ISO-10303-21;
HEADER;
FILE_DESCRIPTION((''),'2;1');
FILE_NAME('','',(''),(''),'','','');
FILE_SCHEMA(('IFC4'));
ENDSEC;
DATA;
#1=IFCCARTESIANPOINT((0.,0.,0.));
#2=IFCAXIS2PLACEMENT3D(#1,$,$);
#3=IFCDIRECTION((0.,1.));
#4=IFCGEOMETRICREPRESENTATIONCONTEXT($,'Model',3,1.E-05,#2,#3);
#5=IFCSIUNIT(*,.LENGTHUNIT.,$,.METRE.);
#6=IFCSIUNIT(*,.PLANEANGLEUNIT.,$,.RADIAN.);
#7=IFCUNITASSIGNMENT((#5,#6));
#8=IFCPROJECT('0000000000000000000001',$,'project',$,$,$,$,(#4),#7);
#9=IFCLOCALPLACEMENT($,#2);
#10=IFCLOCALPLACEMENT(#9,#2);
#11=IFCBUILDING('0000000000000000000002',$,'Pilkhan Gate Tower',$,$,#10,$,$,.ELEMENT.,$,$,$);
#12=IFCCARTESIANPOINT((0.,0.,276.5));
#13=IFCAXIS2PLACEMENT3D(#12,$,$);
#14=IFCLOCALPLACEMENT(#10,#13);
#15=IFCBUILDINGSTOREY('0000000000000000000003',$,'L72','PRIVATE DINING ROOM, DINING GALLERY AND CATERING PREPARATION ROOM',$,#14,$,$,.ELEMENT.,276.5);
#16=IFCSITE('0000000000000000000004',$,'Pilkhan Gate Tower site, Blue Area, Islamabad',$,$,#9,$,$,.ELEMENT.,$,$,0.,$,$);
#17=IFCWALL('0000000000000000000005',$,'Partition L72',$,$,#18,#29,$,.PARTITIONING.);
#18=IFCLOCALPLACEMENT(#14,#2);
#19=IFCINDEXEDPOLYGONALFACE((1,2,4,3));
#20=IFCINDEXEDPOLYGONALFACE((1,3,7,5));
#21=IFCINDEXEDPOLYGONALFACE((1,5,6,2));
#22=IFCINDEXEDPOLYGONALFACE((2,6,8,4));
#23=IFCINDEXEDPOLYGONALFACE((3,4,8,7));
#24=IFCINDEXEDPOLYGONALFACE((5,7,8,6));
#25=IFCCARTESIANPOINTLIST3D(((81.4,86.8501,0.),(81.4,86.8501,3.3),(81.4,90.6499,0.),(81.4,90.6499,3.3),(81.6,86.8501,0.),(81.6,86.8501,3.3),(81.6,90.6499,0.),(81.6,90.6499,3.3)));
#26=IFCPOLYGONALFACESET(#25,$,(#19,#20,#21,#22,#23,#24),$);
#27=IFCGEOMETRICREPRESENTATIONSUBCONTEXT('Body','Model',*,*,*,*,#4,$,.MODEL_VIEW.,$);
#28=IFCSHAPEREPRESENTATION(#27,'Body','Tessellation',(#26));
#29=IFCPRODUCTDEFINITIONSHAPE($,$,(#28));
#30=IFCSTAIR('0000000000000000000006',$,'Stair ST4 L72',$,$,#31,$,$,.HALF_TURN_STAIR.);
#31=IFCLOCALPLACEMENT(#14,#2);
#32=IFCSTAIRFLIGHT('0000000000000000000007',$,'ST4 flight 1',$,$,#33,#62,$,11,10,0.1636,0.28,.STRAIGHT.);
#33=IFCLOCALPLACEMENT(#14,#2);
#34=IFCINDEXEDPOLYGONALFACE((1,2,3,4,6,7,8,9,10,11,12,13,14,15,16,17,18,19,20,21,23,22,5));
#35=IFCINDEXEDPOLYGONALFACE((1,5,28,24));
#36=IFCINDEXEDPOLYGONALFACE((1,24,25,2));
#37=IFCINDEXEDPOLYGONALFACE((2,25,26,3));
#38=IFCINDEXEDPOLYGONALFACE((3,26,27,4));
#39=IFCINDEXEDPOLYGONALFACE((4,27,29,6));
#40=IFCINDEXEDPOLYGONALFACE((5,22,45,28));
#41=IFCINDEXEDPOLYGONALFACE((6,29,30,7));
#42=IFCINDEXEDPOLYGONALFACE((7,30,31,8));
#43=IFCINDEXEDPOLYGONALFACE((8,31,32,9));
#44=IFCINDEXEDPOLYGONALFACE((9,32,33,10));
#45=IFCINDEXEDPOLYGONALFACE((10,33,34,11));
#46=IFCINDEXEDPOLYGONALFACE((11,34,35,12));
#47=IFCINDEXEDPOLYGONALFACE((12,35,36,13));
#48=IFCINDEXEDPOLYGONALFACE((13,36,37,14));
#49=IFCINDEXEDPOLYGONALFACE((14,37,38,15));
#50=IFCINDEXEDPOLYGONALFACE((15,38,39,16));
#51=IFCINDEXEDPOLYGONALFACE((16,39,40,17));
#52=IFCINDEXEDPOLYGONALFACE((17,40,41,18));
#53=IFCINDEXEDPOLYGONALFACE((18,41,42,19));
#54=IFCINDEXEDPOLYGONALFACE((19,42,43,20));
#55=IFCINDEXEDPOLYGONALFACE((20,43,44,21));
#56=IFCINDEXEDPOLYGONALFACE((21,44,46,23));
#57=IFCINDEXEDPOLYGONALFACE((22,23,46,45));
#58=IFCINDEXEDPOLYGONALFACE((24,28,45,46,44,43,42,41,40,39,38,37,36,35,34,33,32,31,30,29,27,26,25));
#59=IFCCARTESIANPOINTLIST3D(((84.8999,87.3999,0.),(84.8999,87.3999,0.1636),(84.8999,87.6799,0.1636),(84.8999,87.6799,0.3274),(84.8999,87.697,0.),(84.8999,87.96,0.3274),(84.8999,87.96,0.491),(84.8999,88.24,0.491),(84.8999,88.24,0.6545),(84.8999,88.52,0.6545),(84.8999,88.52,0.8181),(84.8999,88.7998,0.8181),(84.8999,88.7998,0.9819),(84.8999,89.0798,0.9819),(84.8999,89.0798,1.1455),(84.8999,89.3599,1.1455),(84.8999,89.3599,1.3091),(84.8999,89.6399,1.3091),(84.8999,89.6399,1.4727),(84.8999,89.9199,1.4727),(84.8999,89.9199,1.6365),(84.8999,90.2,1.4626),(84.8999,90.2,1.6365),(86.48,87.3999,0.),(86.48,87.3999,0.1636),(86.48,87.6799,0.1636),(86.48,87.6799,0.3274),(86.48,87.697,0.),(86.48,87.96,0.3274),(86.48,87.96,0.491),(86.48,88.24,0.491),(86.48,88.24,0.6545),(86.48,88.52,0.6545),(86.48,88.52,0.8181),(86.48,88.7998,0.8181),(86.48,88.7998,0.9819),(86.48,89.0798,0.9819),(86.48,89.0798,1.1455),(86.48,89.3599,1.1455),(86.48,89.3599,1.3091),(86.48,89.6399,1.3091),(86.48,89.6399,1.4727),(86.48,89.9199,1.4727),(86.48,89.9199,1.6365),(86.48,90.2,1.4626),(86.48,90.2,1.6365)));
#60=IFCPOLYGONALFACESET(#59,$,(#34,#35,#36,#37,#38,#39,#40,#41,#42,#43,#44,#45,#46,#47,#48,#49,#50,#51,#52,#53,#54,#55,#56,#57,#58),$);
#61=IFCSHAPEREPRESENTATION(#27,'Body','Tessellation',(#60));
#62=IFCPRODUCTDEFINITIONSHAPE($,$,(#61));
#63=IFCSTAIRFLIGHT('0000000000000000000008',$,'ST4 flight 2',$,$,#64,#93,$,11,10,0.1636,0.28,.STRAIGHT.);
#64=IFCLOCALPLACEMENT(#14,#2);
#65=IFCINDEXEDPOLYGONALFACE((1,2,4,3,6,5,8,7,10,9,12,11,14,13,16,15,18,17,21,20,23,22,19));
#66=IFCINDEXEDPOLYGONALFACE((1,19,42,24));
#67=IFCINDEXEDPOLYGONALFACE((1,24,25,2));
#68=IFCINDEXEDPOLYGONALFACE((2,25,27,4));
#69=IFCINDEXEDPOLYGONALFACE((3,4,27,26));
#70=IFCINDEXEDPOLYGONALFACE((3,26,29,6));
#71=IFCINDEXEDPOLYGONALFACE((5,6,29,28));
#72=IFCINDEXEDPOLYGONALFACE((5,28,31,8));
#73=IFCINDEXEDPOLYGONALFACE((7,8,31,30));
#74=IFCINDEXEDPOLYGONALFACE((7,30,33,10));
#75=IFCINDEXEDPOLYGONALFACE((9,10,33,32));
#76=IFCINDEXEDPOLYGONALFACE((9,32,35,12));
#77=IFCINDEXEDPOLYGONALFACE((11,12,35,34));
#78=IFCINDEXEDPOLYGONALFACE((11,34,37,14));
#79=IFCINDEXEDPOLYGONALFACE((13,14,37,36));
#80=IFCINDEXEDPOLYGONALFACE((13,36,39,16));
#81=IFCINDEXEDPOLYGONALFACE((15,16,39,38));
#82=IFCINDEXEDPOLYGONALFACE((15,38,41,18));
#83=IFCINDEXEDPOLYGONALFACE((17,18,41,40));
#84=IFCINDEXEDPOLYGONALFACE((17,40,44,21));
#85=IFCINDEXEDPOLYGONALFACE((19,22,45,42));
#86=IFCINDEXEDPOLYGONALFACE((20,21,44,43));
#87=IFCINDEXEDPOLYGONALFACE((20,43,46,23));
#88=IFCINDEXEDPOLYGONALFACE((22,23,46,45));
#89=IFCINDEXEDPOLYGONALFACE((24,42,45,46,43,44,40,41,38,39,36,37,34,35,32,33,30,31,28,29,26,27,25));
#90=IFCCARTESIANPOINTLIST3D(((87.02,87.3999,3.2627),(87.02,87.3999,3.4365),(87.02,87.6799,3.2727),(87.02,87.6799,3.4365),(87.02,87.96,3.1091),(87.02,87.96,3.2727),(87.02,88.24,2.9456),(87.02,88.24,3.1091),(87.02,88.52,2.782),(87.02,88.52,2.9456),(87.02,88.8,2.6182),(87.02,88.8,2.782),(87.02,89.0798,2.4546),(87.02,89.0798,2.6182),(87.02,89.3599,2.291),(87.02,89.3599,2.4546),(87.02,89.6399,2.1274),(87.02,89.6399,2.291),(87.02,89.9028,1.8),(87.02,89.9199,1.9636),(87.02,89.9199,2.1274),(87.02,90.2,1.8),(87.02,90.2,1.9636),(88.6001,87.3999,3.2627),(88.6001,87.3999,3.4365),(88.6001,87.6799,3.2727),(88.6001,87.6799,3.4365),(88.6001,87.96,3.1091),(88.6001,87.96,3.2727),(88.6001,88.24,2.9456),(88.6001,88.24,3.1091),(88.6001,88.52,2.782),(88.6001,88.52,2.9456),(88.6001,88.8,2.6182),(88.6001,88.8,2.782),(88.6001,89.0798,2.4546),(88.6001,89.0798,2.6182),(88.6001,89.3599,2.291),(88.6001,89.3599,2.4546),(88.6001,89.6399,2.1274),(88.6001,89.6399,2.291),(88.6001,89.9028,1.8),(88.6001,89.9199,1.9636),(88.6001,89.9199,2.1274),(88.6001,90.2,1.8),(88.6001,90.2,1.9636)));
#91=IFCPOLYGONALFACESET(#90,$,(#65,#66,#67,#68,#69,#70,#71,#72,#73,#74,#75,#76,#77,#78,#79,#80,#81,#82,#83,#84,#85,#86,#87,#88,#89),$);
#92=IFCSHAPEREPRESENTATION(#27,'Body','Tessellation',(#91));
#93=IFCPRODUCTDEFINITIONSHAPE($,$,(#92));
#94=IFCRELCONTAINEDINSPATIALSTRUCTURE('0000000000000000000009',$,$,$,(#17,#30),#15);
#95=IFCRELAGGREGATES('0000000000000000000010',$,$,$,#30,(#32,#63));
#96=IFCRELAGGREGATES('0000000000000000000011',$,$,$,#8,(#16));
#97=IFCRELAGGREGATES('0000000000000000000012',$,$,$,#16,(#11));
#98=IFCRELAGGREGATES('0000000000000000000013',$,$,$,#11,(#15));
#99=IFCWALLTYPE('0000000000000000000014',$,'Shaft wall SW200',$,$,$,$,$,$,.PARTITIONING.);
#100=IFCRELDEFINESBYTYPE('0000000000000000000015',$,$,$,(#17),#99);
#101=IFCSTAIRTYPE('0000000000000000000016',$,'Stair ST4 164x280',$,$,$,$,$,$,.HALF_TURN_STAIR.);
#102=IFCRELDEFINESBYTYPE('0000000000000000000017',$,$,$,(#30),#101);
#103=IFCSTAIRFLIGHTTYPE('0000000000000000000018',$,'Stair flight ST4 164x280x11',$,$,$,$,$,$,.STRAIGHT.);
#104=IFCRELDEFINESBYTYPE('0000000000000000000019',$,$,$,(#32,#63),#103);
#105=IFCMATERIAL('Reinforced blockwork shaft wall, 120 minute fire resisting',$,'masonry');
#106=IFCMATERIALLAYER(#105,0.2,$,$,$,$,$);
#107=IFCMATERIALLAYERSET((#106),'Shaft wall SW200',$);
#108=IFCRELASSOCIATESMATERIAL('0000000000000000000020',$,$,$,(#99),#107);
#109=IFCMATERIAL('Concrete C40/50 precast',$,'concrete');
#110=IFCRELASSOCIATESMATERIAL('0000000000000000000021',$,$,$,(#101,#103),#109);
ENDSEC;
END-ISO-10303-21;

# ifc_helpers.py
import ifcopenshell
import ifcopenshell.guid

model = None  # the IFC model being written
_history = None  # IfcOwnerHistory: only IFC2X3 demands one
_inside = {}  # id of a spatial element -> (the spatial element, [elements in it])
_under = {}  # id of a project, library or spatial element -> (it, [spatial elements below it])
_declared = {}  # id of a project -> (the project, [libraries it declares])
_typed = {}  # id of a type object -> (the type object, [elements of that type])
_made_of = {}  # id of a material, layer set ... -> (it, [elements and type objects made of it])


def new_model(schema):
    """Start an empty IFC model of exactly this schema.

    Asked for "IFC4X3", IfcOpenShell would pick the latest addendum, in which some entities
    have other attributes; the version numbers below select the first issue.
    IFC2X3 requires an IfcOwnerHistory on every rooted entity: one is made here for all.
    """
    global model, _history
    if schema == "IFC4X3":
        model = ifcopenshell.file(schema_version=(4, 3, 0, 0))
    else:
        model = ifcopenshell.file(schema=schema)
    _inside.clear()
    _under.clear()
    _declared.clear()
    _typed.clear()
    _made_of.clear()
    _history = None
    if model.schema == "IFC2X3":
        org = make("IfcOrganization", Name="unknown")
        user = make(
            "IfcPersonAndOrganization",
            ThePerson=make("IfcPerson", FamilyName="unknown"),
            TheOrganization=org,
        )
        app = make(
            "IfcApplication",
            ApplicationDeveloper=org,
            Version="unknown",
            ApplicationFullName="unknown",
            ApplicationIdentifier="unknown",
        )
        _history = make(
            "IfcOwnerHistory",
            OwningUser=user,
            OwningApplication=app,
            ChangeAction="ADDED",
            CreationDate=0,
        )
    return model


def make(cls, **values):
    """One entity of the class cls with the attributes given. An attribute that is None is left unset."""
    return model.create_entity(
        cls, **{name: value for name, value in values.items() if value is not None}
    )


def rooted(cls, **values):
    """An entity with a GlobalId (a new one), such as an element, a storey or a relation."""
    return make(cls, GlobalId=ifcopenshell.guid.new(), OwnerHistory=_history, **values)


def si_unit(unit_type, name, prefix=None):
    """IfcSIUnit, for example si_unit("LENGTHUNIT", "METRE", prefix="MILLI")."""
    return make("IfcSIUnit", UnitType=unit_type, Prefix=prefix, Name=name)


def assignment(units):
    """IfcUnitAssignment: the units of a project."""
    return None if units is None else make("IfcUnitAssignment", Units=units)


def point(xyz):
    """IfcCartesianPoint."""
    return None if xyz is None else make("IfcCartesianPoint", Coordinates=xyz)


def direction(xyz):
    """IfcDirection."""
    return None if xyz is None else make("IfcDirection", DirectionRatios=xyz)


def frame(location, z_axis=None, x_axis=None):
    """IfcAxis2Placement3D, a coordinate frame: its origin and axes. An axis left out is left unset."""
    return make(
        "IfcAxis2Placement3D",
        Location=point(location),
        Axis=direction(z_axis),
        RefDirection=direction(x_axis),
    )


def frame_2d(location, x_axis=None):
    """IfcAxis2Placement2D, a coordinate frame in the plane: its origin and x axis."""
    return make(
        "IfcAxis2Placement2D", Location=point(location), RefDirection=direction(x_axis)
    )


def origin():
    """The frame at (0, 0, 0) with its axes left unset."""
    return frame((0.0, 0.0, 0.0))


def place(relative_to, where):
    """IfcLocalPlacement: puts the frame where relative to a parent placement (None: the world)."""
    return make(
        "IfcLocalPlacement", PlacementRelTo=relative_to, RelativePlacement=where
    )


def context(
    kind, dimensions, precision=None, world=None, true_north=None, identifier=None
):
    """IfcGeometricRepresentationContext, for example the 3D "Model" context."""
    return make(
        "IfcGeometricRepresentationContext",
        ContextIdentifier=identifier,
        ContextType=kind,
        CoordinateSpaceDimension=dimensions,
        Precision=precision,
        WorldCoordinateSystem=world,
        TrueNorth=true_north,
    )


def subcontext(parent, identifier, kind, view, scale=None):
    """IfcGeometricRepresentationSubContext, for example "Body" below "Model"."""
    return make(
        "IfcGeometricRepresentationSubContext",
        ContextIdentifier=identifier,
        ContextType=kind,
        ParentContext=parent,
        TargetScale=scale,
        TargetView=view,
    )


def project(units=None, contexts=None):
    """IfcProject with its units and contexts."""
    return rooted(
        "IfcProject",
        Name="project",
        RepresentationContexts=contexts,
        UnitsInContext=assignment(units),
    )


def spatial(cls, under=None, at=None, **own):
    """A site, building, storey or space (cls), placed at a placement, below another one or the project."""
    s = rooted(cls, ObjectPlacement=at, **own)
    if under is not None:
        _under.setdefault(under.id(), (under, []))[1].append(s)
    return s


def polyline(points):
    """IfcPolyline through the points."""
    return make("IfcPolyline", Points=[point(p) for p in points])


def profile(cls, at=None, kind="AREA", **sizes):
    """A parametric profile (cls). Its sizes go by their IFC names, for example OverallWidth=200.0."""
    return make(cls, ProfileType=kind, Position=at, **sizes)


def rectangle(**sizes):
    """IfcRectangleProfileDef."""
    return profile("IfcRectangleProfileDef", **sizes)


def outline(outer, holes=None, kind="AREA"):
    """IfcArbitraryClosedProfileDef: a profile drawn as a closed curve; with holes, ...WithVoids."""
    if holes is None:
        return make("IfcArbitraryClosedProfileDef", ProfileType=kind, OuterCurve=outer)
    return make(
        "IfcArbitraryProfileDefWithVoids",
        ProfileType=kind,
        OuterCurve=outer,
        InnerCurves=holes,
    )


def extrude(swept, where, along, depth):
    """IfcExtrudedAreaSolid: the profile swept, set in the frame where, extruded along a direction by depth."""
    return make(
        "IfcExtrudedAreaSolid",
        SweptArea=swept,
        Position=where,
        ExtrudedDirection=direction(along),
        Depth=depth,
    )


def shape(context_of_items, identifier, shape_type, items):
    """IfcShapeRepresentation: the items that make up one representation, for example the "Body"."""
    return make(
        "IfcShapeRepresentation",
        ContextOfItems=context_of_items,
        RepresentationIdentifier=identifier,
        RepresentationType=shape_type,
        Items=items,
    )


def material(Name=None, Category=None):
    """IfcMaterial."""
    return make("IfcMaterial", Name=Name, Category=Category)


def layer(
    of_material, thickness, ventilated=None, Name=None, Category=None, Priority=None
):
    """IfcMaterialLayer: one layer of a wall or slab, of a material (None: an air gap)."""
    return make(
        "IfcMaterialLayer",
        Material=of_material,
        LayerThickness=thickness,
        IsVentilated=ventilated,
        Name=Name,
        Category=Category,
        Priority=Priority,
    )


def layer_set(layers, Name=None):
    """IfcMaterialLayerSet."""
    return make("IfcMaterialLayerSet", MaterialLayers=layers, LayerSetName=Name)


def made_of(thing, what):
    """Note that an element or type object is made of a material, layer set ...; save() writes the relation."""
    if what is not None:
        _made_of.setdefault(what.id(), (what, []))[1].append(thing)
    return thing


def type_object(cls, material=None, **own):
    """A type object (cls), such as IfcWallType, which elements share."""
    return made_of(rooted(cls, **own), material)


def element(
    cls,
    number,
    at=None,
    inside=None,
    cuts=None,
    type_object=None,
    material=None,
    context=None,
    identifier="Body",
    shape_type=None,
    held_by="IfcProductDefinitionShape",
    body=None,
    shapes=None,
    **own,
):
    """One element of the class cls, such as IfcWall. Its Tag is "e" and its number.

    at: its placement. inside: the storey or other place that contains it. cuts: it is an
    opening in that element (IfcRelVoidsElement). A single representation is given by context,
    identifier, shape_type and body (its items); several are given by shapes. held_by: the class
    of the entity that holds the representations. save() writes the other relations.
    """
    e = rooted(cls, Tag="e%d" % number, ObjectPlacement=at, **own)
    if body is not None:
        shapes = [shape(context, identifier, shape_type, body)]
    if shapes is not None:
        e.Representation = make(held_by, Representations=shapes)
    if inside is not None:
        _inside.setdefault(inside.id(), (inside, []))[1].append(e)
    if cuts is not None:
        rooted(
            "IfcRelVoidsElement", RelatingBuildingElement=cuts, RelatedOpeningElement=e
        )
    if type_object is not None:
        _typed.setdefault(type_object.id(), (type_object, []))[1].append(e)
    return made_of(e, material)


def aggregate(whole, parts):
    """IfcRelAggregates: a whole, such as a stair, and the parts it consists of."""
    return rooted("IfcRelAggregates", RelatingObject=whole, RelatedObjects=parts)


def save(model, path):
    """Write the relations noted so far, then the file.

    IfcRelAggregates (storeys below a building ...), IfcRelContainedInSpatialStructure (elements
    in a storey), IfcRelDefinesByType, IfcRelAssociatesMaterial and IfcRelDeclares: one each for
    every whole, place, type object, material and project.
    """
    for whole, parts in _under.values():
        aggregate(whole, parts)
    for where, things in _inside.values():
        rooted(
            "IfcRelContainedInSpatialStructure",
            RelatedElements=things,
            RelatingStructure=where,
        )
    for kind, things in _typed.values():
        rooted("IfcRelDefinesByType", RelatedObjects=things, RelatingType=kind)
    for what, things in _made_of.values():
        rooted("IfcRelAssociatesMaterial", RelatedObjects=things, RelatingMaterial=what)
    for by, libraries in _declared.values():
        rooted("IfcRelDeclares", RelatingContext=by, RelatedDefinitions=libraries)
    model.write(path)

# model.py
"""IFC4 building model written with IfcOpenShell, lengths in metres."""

from ifc_helpers import new_model, si_unit, direction, frame, frame_2d, origin, place, context, subcontext, project, spatial, polyline, rectangle, outline, extrude, material, layer, layer_set, type_object, element, aggregate, save


model = new_model("IFC4")

# Units and contexts
model_context = context("Model", 3, precision=1e-05, world=origin(), true_north=direction((0.0, 1.0)))
body_context = subcontext(model_context, "Body", "Model", "MODEL_VIEW")
ifc_project = project(units=[si_unit("LENGTHUNIT", "METRE"), si_unit("PLANEANGLEUNIT", "RADIAN")], contexts=[model_context])

# Site, building, storey
site_placement = place(None, origin())
site = spatial("IfcSite", under=ifc_project, at=site_placement, Name="Pilkhan Gate Tower site, Blue Area, Islamabad", CompositionType="ELEMENT", RefElevation=0.0)
building_placement = place(site_placement, origin())
building = spatial("IfcBuilding", under=site, at=building_placement, Name="Pilkhan Gate Tower", CompositionType="ELEMENT")
storey_placement = place(building_placement, frame((0.0, 0.0, 276.5)))
storey = spatial("IfcBuildingStorey", under=building, at=storey_placement, Name="L72", Description="PRIVATE DINING ROOM, DINING GALLERY AND CATERING PREPARATION ROOM", CompositionType="ELEMENT", Elevation=276.5)

# Wall
ifc_material_1 = material(Name="Reinforced blockwork shaft wall, 120 minute fire resisting", Category="masonry")
ifc_layer_1 = layer(ifc_material_1, 0.2)
ifc_layer_set_1 = layer_set([ifc_layer_1], Name="Shaft wall SW200")
wall_type_1 = type_object("IfcWallType", Name="Shaft wall SW200", PredefinedType="PARTITIONING", material=ifc_layer_set_1)
for number, where, z_axis, x_axis, name in (
    (1, (81.5, 86.8501, 0.0), (0.0, 0.0, 1.0), (0.0, 1.0, 0.0), "Partition L72"),
):
    element("IfcWall", number, at=place(storey_placement, frame(where, z_axis=z_axis, x_axis=x_axis)), inside=storey, type_object=wall_type_1, Name=name, PredefinedType="PARTITIONING", context=body_context, shape_type="SweptSolid", body=[
        extrude(rectangle(XDim=3.7998, YDim=0.2, at=frame_2d((1.8999, 0.0))), origin(), (0.0, 0.0, 1.0), 3.3),
    ])

# Stair, stair flights
ifc_material_2 = material(Name="Concrete C40/50 precast", Category="concrete")
stair_type = type_object("IfcStairType", Name="Stair ST4 164x280", PredefinedType="HALF_TURN_STAIR", material=ifc_material_2)
stair_placement = place(storey_placement, origin())
stair = element("IfcStair", 2, at=stair_placement, inside=storey, type_object=stair_type, Name="Stair ST4 L72", PredefinedType="HALF_TURN_STAIR")
stair_flight_type = type_object("IfcStairFlightType", Name="Stair flight ST4 164x280x11", PredefinedType="STRAIGHT", material=ifc_material_2)
stair_flight_1_placement = place(storey_placement, frame((85.6899, 87.3999, 0.0), z_axis=(0.0, 0.0, 1.0), x_axis=(0.0, 1.0, 0.0)))
stair_flight_1 = element("IfcStairFlight", 3, at=stair_flight_1_placement, type_object=stair_flight_type, Name="ST4 flight 1", NumberOfRisers=11, NumberOfTreads=10, PredefinedType="STRAIGHT", RiserHeight=0.1636, TreadLength=0.28, context=body_context, shape_type="SweptSolid", body=[
    extrude(outline(polyline([(0.0, 0.0), (0.0, 0.1636), (0.28, 0.1636), (0.28, 0.3274), (0.5601, 0.3274), (0.5601, 0.491), (0.8401, 0.491), (0.8401, 0.6545), (1.1201, 0.6545), (1.1201, 0.8181), (1.3999, 0.8181), (1.3999, 0.9819), (1.6799, 0.9819), (1.6799, 1.1455), (1.96, 1.1455), (1.96, 1.3091), (2.24, 1.3091), (2.24, 1.4727), (2.52, 1.4727), (2.52, 1.6365), (2.8, 1.6365), (2.8, 1.8), (2.8, 1.4626), (0.2971, 0.0), (0.0, 0.0)])), frame((0.0, 0.79, 0.0), z_axis=(0.0, -1.0, 0.0), x_axis=(1.0, 0.0, 0.0)), (0.0, 0.0, 1.0), 1.5801),
])
stair_flight_2_placement = place(storey_placement, frame((87.8101, 90.2, 1.8), z_axis=(0.0, 0.0, 1.0), x_axis=(0.0, -1.0, 0.0)))
stair_flight_2 = element("IfcStairFlight", 4, at=stair_flight_2_placement, type_object=stair_flight_type, Name="ST4 flight 2", NumberOfRisers=11, NumberOfTreads=10, PredefinedType="STRAIGHT", RiserHeight=0.1636, TreadLength=0.28, context=body_context, shape_type="SweptSolid", body=[
    extrude(outline(polyline([(0.0, 0.0), (0.0, 0.1636), (0.28, 0.1636), (0.28, 0.3274), (0.5601, 0.3274), (0.5601, 0.491), (0.8401, 0.491), (0.8401, 0.6545), (1.1201, 0.6545), (1.1201, 0.8181), (1.3999, 0.8181), (1.3999, 0.9819), (1.6799, 0.9819), (1.6799, 1.1455), (1.96, 1.1455), (1.96, 1.3091), (2.24, 1.3091), (2.24, 1.4727), (2.52, 1.4727), (2.52, 1.6365), (2.8, 1.6365), (2.8, 1.8), (2.8, 1.4626), (0.2971, 0.0), (0.0, 0.0)])), frame((0.0, 0.79, 0.0), z_axis=(0.0, -1.0, 0.0), x_axis=(1.0, 0.0, 0.0)), (0.0, 0.0, 1.0), 1.5801),
])
aggregate(stair, [stair_flight_1, stair_flight_2])

save(model, "model.ifc")
